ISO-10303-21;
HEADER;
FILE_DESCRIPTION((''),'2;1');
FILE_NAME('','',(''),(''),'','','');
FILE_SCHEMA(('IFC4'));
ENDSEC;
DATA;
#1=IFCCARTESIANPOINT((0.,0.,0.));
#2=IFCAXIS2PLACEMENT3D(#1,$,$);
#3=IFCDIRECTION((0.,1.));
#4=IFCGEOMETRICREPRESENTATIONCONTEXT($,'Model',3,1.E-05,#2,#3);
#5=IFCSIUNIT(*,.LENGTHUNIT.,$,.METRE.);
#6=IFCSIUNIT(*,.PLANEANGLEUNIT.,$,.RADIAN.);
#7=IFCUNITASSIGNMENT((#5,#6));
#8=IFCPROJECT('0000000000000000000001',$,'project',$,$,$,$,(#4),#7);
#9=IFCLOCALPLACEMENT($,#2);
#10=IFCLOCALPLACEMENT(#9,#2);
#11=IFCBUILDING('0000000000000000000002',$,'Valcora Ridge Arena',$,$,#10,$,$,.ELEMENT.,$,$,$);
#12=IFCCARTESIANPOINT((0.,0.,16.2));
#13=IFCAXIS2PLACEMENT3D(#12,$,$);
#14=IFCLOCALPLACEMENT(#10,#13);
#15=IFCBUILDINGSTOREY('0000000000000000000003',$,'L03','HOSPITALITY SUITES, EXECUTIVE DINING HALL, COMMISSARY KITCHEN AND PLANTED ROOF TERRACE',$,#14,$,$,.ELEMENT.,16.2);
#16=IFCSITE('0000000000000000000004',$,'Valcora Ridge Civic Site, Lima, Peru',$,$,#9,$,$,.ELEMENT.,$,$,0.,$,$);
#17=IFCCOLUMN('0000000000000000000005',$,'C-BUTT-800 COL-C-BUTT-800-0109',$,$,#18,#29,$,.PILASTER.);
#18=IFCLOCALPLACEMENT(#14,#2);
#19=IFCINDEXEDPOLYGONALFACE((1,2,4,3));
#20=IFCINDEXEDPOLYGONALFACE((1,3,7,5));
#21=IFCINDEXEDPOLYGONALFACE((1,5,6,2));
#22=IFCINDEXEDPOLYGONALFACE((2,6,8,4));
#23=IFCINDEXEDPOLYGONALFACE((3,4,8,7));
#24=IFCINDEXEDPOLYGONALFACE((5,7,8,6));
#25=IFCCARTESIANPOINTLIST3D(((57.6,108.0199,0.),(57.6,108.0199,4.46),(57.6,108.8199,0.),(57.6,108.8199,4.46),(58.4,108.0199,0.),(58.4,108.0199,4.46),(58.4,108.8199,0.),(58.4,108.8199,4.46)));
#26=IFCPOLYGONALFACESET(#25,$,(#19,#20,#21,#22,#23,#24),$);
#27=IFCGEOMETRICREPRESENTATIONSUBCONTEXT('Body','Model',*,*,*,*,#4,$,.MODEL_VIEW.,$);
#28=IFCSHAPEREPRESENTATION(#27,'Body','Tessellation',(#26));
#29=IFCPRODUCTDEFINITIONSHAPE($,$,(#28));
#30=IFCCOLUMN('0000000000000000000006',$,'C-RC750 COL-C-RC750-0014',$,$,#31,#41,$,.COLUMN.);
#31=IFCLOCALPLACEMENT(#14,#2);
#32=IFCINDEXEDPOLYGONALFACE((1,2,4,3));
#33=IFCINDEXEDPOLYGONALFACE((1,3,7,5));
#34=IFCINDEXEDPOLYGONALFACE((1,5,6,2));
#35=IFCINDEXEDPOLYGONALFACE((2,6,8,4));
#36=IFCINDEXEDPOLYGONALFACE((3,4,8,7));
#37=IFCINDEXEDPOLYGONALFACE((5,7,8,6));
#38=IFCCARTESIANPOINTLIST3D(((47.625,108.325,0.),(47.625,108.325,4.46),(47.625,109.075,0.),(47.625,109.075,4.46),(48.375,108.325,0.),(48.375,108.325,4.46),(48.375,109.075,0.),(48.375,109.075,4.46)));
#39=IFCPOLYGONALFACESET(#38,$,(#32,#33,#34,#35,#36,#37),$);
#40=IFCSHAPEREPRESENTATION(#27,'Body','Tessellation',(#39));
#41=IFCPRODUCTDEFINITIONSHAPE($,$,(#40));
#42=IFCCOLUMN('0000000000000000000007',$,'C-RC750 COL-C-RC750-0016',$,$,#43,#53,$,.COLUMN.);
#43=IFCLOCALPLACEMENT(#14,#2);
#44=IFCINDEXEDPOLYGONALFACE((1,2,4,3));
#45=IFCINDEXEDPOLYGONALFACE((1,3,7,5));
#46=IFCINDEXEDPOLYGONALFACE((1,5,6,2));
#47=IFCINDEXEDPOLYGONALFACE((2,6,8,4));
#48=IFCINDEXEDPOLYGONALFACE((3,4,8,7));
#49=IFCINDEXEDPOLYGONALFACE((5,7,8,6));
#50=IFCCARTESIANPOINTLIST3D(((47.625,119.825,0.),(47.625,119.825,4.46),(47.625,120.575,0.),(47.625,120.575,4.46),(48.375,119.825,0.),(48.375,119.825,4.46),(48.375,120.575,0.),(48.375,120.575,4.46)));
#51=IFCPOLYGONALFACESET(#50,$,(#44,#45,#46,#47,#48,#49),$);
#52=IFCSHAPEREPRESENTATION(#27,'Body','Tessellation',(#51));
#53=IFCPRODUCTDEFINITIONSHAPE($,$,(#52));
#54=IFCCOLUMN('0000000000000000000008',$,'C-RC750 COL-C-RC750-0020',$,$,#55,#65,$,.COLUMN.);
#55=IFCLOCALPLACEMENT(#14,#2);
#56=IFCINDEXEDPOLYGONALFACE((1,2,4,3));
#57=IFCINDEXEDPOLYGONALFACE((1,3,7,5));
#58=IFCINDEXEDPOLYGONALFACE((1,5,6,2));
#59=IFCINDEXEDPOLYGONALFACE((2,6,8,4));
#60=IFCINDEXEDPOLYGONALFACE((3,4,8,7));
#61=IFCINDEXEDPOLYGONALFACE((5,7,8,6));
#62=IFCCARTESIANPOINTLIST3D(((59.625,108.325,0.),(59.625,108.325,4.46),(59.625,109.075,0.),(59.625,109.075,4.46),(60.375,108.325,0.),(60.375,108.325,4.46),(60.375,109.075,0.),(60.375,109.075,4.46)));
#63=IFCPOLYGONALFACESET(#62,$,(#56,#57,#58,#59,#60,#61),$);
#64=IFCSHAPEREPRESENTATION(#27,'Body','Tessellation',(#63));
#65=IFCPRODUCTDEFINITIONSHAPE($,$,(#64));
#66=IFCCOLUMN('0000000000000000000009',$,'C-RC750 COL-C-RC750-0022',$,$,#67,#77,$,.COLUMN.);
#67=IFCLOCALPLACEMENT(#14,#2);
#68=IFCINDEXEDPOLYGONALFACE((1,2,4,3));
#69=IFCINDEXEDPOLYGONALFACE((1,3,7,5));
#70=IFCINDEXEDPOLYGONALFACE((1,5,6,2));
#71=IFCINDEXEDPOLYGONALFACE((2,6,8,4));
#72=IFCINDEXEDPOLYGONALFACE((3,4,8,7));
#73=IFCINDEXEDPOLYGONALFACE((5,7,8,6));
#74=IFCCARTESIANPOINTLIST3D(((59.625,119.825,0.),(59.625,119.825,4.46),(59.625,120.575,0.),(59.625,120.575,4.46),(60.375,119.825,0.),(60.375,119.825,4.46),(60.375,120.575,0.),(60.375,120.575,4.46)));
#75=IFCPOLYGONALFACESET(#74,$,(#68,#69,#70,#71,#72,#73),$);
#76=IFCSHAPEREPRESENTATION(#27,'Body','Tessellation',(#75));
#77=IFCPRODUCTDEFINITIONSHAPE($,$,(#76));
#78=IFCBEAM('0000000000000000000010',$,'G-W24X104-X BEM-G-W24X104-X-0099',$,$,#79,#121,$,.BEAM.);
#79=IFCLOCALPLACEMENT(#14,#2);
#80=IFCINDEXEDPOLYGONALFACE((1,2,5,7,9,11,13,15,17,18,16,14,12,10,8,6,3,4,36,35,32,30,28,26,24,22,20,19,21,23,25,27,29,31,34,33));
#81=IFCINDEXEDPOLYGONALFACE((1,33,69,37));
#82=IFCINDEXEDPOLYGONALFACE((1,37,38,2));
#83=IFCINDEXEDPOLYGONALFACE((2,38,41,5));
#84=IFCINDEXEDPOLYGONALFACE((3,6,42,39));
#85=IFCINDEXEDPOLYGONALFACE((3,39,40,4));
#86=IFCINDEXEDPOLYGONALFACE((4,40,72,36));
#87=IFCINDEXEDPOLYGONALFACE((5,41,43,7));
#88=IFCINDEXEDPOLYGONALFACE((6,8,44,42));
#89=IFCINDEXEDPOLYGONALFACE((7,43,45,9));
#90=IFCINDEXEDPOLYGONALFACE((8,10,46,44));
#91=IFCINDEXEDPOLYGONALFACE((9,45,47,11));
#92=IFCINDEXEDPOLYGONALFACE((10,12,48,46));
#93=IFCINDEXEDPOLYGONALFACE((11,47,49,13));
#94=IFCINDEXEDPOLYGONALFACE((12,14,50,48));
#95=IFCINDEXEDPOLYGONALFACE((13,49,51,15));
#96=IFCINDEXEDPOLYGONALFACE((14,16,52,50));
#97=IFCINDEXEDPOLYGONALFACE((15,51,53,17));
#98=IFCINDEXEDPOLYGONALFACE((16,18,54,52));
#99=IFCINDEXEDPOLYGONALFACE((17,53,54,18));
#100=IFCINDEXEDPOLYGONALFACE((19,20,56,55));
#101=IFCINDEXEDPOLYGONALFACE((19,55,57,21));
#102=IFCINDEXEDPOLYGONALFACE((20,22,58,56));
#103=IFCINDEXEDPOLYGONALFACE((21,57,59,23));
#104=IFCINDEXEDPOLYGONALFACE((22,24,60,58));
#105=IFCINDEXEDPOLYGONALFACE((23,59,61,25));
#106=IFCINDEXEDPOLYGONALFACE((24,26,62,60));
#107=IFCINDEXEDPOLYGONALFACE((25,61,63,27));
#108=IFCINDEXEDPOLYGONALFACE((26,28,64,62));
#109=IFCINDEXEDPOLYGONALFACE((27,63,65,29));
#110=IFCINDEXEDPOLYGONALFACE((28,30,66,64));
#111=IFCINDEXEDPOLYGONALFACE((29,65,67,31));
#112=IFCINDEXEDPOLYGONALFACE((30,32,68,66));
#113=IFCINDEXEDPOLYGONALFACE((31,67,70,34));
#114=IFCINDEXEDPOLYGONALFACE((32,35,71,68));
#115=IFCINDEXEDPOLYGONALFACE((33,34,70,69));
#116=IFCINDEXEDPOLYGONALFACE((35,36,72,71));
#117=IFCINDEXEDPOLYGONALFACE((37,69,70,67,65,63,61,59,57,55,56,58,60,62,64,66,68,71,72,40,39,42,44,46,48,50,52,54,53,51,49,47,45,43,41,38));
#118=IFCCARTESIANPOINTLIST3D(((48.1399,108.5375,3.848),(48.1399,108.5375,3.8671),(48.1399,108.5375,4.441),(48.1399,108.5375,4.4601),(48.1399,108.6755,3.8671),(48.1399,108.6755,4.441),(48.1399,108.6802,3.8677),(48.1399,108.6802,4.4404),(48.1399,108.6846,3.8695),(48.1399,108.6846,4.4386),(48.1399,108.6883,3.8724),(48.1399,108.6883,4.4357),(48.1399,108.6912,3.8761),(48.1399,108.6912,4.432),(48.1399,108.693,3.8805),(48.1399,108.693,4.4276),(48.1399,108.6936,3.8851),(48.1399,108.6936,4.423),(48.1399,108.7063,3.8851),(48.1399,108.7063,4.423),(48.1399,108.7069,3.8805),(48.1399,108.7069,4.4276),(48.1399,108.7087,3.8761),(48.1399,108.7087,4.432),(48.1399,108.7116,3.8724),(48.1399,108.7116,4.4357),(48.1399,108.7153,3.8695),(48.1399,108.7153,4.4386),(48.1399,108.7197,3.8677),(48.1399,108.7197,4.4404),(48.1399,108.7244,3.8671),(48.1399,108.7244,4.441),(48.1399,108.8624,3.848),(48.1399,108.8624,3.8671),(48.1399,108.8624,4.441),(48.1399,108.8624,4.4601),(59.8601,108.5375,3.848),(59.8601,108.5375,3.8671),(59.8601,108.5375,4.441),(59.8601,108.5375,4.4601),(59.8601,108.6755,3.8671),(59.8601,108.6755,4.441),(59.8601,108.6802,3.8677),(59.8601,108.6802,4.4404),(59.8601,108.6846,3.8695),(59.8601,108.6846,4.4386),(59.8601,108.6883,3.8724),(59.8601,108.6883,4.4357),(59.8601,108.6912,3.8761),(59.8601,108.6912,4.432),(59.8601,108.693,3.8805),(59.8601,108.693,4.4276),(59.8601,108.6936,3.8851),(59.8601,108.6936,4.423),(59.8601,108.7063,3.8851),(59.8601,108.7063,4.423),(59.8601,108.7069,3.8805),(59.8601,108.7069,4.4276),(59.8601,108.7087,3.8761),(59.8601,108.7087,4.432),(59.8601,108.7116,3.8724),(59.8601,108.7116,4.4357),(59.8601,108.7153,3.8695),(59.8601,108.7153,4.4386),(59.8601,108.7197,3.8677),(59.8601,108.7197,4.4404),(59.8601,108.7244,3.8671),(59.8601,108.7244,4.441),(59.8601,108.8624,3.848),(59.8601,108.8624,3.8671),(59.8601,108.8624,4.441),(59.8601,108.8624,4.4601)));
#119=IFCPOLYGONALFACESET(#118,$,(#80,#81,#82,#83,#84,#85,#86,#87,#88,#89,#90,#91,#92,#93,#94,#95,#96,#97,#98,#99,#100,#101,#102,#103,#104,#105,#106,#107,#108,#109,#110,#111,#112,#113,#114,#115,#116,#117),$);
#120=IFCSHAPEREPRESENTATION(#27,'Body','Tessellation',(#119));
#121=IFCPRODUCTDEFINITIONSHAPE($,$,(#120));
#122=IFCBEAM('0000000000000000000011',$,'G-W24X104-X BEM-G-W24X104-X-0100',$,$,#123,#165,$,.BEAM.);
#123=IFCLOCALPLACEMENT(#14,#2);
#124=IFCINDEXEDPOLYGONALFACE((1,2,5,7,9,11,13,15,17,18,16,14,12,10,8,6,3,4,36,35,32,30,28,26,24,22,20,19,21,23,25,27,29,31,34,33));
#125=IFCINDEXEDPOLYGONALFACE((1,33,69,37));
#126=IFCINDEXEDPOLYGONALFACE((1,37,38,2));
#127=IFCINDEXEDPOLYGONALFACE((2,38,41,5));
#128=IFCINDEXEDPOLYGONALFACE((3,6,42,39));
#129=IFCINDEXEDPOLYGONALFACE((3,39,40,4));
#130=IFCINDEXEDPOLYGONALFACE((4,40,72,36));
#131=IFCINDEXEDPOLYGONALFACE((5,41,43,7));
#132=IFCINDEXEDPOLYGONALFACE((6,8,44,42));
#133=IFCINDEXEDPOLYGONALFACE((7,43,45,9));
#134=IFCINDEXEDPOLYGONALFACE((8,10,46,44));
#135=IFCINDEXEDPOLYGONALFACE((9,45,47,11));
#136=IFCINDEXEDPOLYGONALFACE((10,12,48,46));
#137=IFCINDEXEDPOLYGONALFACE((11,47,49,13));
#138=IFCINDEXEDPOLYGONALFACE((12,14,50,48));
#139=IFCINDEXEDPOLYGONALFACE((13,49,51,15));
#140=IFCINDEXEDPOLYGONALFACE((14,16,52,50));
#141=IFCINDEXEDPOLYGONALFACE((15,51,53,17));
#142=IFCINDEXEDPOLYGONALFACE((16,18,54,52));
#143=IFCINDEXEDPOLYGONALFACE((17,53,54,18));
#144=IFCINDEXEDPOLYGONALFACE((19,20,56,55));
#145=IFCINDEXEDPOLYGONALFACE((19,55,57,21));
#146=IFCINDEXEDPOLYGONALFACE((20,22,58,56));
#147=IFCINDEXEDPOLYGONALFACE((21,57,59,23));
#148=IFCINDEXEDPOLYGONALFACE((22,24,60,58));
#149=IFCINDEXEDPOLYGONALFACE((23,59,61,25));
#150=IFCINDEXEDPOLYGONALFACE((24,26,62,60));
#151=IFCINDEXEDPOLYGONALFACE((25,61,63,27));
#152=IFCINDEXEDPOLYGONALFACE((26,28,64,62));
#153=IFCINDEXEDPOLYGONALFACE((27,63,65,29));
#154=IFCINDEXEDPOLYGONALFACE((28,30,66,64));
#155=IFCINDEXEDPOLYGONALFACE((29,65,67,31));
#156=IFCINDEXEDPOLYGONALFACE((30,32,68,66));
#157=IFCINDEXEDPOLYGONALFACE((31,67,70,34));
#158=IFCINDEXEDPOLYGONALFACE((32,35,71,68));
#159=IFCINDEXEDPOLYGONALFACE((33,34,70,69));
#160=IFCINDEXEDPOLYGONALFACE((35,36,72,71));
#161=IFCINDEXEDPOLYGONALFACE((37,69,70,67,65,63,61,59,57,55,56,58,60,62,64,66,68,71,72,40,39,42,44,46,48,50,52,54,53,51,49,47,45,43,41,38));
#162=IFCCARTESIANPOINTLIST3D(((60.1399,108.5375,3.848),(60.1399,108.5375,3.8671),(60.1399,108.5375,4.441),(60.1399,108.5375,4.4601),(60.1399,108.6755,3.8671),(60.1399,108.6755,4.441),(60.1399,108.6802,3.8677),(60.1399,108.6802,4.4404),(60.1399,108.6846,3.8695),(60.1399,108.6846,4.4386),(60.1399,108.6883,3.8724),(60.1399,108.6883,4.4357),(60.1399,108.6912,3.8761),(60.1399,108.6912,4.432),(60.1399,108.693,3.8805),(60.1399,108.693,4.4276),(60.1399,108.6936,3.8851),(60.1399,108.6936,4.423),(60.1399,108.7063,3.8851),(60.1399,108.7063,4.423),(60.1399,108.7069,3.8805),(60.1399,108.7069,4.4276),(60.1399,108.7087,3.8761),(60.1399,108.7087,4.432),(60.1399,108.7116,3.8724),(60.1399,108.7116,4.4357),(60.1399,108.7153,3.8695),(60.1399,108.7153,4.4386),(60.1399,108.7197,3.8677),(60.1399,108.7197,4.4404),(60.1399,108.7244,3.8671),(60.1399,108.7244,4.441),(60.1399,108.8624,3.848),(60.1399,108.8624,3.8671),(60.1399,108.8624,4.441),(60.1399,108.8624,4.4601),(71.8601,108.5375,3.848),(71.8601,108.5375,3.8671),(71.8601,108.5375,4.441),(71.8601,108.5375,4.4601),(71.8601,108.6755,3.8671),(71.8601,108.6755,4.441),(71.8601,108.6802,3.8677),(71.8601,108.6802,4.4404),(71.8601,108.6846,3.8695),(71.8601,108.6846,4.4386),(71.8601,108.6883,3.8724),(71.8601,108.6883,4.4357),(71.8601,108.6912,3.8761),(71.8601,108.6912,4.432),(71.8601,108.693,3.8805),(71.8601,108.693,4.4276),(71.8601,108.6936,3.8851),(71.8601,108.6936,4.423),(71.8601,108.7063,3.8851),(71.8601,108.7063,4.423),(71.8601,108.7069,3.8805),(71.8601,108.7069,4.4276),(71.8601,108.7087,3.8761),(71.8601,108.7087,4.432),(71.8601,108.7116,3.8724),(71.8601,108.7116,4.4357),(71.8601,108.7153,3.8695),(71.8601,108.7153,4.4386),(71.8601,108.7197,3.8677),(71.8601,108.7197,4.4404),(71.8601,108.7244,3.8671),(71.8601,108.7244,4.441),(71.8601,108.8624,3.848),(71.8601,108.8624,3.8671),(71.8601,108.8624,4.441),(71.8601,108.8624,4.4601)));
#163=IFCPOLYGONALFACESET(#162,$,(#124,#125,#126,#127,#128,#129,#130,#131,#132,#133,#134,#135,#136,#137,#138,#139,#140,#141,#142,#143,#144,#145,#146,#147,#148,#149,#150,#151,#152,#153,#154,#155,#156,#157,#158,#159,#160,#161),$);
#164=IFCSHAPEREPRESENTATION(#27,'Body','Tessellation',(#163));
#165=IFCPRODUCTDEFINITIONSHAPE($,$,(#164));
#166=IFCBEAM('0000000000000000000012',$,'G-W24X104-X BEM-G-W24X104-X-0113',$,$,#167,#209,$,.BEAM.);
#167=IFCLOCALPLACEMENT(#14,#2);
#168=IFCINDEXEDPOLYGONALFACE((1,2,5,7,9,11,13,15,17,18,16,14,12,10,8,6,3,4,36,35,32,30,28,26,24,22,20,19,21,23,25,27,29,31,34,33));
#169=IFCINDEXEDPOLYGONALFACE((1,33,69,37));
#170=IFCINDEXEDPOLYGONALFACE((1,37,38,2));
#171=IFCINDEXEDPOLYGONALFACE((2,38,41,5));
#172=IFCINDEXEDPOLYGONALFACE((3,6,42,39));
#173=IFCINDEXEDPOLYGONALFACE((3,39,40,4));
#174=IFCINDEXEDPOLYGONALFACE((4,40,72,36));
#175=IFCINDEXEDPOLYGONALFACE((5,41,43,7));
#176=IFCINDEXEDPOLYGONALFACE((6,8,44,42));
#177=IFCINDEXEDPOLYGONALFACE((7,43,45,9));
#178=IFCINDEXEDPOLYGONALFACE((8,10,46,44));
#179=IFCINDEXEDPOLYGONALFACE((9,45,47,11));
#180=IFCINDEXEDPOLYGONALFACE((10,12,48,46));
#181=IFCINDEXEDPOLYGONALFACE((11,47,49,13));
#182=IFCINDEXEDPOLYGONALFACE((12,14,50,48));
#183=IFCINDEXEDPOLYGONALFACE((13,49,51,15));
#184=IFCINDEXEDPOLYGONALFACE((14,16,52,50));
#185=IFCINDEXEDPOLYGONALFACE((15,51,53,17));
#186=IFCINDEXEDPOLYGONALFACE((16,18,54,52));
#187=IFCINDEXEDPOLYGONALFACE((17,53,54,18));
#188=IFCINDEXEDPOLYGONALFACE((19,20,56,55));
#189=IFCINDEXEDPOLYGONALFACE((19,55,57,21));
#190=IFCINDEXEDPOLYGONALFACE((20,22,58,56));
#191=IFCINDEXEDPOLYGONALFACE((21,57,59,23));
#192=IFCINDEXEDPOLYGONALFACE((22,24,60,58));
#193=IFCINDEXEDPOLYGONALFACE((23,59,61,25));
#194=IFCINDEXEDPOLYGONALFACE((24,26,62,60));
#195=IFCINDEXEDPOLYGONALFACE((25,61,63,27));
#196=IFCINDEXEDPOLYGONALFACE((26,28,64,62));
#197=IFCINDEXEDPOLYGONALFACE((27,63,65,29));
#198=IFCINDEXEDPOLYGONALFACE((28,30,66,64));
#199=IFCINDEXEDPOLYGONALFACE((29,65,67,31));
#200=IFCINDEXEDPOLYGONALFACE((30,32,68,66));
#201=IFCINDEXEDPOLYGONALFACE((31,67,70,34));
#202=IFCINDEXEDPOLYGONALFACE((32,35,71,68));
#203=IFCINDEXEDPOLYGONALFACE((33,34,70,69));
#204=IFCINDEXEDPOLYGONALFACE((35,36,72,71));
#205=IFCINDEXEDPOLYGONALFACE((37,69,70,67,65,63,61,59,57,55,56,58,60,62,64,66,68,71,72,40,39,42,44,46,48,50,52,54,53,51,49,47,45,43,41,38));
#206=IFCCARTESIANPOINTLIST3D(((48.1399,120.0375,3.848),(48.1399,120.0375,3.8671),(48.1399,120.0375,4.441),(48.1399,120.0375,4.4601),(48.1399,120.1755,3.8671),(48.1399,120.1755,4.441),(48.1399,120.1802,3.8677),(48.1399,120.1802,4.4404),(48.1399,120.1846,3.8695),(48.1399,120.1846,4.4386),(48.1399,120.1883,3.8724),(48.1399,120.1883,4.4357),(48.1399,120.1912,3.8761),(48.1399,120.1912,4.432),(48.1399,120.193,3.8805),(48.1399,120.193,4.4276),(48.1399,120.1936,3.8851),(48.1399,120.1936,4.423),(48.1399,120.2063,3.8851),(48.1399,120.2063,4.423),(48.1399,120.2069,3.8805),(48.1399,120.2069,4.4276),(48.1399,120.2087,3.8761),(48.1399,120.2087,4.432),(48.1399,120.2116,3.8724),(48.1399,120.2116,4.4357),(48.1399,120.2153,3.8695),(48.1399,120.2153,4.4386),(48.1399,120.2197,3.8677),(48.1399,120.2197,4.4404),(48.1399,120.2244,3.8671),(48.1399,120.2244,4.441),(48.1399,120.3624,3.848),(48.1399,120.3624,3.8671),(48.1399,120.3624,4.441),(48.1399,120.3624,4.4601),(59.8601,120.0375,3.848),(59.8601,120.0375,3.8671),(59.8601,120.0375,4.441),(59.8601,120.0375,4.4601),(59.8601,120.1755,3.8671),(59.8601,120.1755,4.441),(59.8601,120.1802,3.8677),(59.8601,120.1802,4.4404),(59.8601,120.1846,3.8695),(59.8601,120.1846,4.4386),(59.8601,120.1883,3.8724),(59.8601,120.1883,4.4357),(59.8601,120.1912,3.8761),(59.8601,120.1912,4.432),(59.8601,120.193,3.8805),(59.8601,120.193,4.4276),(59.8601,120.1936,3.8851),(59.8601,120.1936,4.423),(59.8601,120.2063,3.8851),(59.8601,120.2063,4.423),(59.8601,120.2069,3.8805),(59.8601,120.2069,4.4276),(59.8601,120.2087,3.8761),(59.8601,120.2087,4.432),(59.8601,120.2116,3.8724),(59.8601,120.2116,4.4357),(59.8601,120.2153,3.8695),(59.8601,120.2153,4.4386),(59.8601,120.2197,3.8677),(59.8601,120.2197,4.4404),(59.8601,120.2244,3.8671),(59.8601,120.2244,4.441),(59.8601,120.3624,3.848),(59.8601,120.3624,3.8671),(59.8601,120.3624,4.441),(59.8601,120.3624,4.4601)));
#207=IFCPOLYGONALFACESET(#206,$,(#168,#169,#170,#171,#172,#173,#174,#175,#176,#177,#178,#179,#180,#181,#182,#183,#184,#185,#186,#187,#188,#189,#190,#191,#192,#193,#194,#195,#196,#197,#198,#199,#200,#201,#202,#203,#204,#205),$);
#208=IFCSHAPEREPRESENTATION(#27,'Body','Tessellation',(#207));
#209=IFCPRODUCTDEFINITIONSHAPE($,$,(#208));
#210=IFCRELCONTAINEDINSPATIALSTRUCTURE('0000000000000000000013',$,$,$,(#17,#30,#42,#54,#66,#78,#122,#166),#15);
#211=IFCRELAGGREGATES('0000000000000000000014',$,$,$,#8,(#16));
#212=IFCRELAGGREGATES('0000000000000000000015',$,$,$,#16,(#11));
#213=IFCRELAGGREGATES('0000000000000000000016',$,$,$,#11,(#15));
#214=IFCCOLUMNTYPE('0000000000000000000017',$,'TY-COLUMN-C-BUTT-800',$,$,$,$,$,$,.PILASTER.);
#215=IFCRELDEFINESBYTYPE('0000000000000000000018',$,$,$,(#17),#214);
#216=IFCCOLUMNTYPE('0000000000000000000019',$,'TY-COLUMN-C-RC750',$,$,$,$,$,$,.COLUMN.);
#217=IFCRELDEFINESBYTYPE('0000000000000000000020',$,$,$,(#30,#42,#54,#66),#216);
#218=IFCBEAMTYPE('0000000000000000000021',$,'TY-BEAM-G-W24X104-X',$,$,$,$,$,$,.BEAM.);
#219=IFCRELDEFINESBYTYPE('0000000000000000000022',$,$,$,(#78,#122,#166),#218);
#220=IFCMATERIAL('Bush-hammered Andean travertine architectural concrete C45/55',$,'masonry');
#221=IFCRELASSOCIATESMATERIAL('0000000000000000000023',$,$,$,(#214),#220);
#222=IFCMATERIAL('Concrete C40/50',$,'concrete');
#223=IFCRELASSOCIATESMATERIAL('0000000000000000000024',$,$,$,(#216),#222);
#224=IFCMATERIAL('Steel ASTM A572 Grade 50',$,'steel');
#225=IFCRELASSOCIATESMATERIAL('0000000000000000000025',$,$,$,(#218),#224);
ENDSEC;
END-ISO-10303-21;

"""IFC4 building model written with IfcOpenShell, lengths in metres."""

from ifc_helpers import new_model, si_unit, direction, frame, origin, origin_2d, place, context, subcontext, project, spatial, rectangle, i_section, extrude, material, material_profile, profile_set, type_object, element, save


model = new_model("IFC4")

# Units and contexts
model_context = context("Model", 3, precision=1e-05, world=origin(), true_north=direction((0.0, 1.0)))
body_context = subcontext(model_context, "Body", "Model", "MODEL_VIEW")
ifc_project = project(units=[si_unit("LENGTHUNIT", "METRE"), si_unit("PLANEANGLEUNIT", "RADIAN")], contexts=[model_context])

# Site, building, storey
site_placement = place(None, origin())
site = spatial("IfcSite", under=ifc_project, at=site_placement, Name="Valcora Ridge Civic Site, Lima, Peru", CompositionType="ELEMENT", RefElevation=0.0)
building_placement = place(site_placement, origin())
building = spatial("IfcBuilding", under=site, at=building_placement, Name="Valcora Ridge Arena", CompositionType="ELEMENT")
storey_placement = place(building_placement, frame((0.0, 0.0, 16.2)))
storey = spatial("IfcBuildingStorey", under=building, at=storey_placement, Name="L03", Description="HOSPITALITY SUITES, EXECUTIVE DINING HALL, COMMISSARY KITCHEN AND PLANTED ROOF TERRACE", CompositionType="ELEMENT", Elevation=16.2)

# Columns
ifc_material_1 = material(Name="Bush-hammered Andean travertine architectural concrete C45/55", Category="masonry")
ifc_material_profile_1 = material_profile(ifc_material_1, rectangle(XDim=0.8, YDim=0.8, at=origin_2d()), Name="RC 800x800")
ifc_profile_set_1 = profile_set([ifc_material_profile_1], Name="Bush-hammered Andean travertine architectural concrete C45/55")
column_type_1 = type_object("IfcColumnType", Name="TY-COLUMN-C-BUTT-800", PredefinedType="PILASTER", material=ifc_profile_set_1)
column_placement = place(storey_placement, frame((58.0, 108.4199, 0.0), z_axis=(0.0, 0.0, 1.0), x_axis=(1.0, 0.0, 0.0)))
element("IfcColumn", 1, at=column_placement, inside=storey, type_object=column_type_1, Name="C-BUTT-800 COL-C-BUTT-800-0109", PredefinedType="PILASTER", context=body_context, shape_type="SweptSolid", body=[
    extrude(rectangle(XDim=0.8, YDim=0.8, at=origin_2d()), origin(), (0.0, 0.0, 1.0), 4.46),
])
ifc_material_2 = material(Name="Concrete C40/50", Category="concrete")
ifc_material_profile_2 = material_profile(ifc_material_2, rectangle(XDim=0.75, YDim=0.75, at=origin_2d()), Name="RC 750x750")
ifc_profile_set_2 = profile_set([ifc_material_profile_2], Name="Concrete C40/50")
column_type_2 = type_object("IfcColumnType", Name="TY-COLUMN-C-RC750", PredefinedType="COLUMN", material=ifc_profile_set_2)
for number, where, z_axis, x_axis, name in (
    (2, (48.0, 108.7, 0.0), (0.0, 0.0, 1.0), (1.0, 0.0, 0.0), "C-RC750 COL-C-RC750-0014"),
    (3, (48.0, 120.2, 0.0), (0.0, 0.0, 1.0), (1.0, 0.0, 0.0), "C-RC750 COL-C-RC750-0016"),
    (4, (60.0, 108.7, 0.0), (0.0, 0.0, 1.0), (1.0, 0.0, 0.0), "C-RC750 COL-C-RC750-0020"),
    (5, (60.0, 120.2, 0.0), (0.0, 0.0, 1.0), (1.0, 0.0, 0.0), "C-RC750 COL-C-RC750-0022"),
):
    element("IfcColumn", number, at=place(storey_placement, frame(where, z_axis=z_axis, x_axis=x_axis)), inside=storey, type_object=column_type_2, Name=name, PredefinedType="COLUMN", context=body_context, shape_type="SweptSolid", body=[
        extrude(rectangle(XDim=0.75, YDim=0.75, at=origin_2d()), origin(), (0.0, 0.0, 1.0), 4.46),
    ])

# Beams
ifc_material_3 = material(Name="Steel ASTM A572 Grade 50", Category="steel")
ifc_material_profile_3 = material_profile(ifc_material_3, i_section(OverallWidth=0.325, OverallDepth=0.6121, WebThickness=0.0127, FlangeThickness=0.019, FilletRadius=0.0181, at=origin_2d()), Name="W24X104")
ifc_profile_set_3 = profile_set([ifc_material_profile_3], Name="Steel ASTM A572 Grade 50")
beam_type_1 = type_object("IfcBeamType", Name="TY-BEAM-G-W24X104-X", PredefinedType="BEAM", material=ifc_profile_set_3)
for number, where, z_axis, x_axis, name in (
    (6, (48.1399, 108.7, 4.1541), (1.0, 0.0, 0.0), (0.0, 1.0, 0.0), "G-W24X104-X BEM-G-W24X104-X-0099"),
    (7, (60.1399, 108.7, 4.1541), (1.0, 0.0, 0.0), (0.0, 1.0, 0.0), "G-W24X104-X BEM-G-W24X104-X-0100"),
    (8, (48.1399, 120.2, 4.1541), (1.0, 0.0, 0.0), (0.0, 1.0, 0.0), "G-W24X104-X BEM-G-W24X104-X-0113"),
):
    element("IfcBeam", number, at=place(storey_placement, frame(where, z_axis=z_axis, x_axis=x_axis)), inside=storey, type_object=beam_type_1, Name=name, PredefinedType="BEAM", context=body_context, shape_type="SweptSolid", body=[
        extrude(i_section(OverallWidth=0.325, OverallDepth=0.6121, WebThickness=0.0127, FlangeThickness=0.019, FilletRadius=0.0181, at=origin_2d()), origin(), (0.0, 0.0, 1.0), 11.7202),
    ])

save(model, "model.ifc")
